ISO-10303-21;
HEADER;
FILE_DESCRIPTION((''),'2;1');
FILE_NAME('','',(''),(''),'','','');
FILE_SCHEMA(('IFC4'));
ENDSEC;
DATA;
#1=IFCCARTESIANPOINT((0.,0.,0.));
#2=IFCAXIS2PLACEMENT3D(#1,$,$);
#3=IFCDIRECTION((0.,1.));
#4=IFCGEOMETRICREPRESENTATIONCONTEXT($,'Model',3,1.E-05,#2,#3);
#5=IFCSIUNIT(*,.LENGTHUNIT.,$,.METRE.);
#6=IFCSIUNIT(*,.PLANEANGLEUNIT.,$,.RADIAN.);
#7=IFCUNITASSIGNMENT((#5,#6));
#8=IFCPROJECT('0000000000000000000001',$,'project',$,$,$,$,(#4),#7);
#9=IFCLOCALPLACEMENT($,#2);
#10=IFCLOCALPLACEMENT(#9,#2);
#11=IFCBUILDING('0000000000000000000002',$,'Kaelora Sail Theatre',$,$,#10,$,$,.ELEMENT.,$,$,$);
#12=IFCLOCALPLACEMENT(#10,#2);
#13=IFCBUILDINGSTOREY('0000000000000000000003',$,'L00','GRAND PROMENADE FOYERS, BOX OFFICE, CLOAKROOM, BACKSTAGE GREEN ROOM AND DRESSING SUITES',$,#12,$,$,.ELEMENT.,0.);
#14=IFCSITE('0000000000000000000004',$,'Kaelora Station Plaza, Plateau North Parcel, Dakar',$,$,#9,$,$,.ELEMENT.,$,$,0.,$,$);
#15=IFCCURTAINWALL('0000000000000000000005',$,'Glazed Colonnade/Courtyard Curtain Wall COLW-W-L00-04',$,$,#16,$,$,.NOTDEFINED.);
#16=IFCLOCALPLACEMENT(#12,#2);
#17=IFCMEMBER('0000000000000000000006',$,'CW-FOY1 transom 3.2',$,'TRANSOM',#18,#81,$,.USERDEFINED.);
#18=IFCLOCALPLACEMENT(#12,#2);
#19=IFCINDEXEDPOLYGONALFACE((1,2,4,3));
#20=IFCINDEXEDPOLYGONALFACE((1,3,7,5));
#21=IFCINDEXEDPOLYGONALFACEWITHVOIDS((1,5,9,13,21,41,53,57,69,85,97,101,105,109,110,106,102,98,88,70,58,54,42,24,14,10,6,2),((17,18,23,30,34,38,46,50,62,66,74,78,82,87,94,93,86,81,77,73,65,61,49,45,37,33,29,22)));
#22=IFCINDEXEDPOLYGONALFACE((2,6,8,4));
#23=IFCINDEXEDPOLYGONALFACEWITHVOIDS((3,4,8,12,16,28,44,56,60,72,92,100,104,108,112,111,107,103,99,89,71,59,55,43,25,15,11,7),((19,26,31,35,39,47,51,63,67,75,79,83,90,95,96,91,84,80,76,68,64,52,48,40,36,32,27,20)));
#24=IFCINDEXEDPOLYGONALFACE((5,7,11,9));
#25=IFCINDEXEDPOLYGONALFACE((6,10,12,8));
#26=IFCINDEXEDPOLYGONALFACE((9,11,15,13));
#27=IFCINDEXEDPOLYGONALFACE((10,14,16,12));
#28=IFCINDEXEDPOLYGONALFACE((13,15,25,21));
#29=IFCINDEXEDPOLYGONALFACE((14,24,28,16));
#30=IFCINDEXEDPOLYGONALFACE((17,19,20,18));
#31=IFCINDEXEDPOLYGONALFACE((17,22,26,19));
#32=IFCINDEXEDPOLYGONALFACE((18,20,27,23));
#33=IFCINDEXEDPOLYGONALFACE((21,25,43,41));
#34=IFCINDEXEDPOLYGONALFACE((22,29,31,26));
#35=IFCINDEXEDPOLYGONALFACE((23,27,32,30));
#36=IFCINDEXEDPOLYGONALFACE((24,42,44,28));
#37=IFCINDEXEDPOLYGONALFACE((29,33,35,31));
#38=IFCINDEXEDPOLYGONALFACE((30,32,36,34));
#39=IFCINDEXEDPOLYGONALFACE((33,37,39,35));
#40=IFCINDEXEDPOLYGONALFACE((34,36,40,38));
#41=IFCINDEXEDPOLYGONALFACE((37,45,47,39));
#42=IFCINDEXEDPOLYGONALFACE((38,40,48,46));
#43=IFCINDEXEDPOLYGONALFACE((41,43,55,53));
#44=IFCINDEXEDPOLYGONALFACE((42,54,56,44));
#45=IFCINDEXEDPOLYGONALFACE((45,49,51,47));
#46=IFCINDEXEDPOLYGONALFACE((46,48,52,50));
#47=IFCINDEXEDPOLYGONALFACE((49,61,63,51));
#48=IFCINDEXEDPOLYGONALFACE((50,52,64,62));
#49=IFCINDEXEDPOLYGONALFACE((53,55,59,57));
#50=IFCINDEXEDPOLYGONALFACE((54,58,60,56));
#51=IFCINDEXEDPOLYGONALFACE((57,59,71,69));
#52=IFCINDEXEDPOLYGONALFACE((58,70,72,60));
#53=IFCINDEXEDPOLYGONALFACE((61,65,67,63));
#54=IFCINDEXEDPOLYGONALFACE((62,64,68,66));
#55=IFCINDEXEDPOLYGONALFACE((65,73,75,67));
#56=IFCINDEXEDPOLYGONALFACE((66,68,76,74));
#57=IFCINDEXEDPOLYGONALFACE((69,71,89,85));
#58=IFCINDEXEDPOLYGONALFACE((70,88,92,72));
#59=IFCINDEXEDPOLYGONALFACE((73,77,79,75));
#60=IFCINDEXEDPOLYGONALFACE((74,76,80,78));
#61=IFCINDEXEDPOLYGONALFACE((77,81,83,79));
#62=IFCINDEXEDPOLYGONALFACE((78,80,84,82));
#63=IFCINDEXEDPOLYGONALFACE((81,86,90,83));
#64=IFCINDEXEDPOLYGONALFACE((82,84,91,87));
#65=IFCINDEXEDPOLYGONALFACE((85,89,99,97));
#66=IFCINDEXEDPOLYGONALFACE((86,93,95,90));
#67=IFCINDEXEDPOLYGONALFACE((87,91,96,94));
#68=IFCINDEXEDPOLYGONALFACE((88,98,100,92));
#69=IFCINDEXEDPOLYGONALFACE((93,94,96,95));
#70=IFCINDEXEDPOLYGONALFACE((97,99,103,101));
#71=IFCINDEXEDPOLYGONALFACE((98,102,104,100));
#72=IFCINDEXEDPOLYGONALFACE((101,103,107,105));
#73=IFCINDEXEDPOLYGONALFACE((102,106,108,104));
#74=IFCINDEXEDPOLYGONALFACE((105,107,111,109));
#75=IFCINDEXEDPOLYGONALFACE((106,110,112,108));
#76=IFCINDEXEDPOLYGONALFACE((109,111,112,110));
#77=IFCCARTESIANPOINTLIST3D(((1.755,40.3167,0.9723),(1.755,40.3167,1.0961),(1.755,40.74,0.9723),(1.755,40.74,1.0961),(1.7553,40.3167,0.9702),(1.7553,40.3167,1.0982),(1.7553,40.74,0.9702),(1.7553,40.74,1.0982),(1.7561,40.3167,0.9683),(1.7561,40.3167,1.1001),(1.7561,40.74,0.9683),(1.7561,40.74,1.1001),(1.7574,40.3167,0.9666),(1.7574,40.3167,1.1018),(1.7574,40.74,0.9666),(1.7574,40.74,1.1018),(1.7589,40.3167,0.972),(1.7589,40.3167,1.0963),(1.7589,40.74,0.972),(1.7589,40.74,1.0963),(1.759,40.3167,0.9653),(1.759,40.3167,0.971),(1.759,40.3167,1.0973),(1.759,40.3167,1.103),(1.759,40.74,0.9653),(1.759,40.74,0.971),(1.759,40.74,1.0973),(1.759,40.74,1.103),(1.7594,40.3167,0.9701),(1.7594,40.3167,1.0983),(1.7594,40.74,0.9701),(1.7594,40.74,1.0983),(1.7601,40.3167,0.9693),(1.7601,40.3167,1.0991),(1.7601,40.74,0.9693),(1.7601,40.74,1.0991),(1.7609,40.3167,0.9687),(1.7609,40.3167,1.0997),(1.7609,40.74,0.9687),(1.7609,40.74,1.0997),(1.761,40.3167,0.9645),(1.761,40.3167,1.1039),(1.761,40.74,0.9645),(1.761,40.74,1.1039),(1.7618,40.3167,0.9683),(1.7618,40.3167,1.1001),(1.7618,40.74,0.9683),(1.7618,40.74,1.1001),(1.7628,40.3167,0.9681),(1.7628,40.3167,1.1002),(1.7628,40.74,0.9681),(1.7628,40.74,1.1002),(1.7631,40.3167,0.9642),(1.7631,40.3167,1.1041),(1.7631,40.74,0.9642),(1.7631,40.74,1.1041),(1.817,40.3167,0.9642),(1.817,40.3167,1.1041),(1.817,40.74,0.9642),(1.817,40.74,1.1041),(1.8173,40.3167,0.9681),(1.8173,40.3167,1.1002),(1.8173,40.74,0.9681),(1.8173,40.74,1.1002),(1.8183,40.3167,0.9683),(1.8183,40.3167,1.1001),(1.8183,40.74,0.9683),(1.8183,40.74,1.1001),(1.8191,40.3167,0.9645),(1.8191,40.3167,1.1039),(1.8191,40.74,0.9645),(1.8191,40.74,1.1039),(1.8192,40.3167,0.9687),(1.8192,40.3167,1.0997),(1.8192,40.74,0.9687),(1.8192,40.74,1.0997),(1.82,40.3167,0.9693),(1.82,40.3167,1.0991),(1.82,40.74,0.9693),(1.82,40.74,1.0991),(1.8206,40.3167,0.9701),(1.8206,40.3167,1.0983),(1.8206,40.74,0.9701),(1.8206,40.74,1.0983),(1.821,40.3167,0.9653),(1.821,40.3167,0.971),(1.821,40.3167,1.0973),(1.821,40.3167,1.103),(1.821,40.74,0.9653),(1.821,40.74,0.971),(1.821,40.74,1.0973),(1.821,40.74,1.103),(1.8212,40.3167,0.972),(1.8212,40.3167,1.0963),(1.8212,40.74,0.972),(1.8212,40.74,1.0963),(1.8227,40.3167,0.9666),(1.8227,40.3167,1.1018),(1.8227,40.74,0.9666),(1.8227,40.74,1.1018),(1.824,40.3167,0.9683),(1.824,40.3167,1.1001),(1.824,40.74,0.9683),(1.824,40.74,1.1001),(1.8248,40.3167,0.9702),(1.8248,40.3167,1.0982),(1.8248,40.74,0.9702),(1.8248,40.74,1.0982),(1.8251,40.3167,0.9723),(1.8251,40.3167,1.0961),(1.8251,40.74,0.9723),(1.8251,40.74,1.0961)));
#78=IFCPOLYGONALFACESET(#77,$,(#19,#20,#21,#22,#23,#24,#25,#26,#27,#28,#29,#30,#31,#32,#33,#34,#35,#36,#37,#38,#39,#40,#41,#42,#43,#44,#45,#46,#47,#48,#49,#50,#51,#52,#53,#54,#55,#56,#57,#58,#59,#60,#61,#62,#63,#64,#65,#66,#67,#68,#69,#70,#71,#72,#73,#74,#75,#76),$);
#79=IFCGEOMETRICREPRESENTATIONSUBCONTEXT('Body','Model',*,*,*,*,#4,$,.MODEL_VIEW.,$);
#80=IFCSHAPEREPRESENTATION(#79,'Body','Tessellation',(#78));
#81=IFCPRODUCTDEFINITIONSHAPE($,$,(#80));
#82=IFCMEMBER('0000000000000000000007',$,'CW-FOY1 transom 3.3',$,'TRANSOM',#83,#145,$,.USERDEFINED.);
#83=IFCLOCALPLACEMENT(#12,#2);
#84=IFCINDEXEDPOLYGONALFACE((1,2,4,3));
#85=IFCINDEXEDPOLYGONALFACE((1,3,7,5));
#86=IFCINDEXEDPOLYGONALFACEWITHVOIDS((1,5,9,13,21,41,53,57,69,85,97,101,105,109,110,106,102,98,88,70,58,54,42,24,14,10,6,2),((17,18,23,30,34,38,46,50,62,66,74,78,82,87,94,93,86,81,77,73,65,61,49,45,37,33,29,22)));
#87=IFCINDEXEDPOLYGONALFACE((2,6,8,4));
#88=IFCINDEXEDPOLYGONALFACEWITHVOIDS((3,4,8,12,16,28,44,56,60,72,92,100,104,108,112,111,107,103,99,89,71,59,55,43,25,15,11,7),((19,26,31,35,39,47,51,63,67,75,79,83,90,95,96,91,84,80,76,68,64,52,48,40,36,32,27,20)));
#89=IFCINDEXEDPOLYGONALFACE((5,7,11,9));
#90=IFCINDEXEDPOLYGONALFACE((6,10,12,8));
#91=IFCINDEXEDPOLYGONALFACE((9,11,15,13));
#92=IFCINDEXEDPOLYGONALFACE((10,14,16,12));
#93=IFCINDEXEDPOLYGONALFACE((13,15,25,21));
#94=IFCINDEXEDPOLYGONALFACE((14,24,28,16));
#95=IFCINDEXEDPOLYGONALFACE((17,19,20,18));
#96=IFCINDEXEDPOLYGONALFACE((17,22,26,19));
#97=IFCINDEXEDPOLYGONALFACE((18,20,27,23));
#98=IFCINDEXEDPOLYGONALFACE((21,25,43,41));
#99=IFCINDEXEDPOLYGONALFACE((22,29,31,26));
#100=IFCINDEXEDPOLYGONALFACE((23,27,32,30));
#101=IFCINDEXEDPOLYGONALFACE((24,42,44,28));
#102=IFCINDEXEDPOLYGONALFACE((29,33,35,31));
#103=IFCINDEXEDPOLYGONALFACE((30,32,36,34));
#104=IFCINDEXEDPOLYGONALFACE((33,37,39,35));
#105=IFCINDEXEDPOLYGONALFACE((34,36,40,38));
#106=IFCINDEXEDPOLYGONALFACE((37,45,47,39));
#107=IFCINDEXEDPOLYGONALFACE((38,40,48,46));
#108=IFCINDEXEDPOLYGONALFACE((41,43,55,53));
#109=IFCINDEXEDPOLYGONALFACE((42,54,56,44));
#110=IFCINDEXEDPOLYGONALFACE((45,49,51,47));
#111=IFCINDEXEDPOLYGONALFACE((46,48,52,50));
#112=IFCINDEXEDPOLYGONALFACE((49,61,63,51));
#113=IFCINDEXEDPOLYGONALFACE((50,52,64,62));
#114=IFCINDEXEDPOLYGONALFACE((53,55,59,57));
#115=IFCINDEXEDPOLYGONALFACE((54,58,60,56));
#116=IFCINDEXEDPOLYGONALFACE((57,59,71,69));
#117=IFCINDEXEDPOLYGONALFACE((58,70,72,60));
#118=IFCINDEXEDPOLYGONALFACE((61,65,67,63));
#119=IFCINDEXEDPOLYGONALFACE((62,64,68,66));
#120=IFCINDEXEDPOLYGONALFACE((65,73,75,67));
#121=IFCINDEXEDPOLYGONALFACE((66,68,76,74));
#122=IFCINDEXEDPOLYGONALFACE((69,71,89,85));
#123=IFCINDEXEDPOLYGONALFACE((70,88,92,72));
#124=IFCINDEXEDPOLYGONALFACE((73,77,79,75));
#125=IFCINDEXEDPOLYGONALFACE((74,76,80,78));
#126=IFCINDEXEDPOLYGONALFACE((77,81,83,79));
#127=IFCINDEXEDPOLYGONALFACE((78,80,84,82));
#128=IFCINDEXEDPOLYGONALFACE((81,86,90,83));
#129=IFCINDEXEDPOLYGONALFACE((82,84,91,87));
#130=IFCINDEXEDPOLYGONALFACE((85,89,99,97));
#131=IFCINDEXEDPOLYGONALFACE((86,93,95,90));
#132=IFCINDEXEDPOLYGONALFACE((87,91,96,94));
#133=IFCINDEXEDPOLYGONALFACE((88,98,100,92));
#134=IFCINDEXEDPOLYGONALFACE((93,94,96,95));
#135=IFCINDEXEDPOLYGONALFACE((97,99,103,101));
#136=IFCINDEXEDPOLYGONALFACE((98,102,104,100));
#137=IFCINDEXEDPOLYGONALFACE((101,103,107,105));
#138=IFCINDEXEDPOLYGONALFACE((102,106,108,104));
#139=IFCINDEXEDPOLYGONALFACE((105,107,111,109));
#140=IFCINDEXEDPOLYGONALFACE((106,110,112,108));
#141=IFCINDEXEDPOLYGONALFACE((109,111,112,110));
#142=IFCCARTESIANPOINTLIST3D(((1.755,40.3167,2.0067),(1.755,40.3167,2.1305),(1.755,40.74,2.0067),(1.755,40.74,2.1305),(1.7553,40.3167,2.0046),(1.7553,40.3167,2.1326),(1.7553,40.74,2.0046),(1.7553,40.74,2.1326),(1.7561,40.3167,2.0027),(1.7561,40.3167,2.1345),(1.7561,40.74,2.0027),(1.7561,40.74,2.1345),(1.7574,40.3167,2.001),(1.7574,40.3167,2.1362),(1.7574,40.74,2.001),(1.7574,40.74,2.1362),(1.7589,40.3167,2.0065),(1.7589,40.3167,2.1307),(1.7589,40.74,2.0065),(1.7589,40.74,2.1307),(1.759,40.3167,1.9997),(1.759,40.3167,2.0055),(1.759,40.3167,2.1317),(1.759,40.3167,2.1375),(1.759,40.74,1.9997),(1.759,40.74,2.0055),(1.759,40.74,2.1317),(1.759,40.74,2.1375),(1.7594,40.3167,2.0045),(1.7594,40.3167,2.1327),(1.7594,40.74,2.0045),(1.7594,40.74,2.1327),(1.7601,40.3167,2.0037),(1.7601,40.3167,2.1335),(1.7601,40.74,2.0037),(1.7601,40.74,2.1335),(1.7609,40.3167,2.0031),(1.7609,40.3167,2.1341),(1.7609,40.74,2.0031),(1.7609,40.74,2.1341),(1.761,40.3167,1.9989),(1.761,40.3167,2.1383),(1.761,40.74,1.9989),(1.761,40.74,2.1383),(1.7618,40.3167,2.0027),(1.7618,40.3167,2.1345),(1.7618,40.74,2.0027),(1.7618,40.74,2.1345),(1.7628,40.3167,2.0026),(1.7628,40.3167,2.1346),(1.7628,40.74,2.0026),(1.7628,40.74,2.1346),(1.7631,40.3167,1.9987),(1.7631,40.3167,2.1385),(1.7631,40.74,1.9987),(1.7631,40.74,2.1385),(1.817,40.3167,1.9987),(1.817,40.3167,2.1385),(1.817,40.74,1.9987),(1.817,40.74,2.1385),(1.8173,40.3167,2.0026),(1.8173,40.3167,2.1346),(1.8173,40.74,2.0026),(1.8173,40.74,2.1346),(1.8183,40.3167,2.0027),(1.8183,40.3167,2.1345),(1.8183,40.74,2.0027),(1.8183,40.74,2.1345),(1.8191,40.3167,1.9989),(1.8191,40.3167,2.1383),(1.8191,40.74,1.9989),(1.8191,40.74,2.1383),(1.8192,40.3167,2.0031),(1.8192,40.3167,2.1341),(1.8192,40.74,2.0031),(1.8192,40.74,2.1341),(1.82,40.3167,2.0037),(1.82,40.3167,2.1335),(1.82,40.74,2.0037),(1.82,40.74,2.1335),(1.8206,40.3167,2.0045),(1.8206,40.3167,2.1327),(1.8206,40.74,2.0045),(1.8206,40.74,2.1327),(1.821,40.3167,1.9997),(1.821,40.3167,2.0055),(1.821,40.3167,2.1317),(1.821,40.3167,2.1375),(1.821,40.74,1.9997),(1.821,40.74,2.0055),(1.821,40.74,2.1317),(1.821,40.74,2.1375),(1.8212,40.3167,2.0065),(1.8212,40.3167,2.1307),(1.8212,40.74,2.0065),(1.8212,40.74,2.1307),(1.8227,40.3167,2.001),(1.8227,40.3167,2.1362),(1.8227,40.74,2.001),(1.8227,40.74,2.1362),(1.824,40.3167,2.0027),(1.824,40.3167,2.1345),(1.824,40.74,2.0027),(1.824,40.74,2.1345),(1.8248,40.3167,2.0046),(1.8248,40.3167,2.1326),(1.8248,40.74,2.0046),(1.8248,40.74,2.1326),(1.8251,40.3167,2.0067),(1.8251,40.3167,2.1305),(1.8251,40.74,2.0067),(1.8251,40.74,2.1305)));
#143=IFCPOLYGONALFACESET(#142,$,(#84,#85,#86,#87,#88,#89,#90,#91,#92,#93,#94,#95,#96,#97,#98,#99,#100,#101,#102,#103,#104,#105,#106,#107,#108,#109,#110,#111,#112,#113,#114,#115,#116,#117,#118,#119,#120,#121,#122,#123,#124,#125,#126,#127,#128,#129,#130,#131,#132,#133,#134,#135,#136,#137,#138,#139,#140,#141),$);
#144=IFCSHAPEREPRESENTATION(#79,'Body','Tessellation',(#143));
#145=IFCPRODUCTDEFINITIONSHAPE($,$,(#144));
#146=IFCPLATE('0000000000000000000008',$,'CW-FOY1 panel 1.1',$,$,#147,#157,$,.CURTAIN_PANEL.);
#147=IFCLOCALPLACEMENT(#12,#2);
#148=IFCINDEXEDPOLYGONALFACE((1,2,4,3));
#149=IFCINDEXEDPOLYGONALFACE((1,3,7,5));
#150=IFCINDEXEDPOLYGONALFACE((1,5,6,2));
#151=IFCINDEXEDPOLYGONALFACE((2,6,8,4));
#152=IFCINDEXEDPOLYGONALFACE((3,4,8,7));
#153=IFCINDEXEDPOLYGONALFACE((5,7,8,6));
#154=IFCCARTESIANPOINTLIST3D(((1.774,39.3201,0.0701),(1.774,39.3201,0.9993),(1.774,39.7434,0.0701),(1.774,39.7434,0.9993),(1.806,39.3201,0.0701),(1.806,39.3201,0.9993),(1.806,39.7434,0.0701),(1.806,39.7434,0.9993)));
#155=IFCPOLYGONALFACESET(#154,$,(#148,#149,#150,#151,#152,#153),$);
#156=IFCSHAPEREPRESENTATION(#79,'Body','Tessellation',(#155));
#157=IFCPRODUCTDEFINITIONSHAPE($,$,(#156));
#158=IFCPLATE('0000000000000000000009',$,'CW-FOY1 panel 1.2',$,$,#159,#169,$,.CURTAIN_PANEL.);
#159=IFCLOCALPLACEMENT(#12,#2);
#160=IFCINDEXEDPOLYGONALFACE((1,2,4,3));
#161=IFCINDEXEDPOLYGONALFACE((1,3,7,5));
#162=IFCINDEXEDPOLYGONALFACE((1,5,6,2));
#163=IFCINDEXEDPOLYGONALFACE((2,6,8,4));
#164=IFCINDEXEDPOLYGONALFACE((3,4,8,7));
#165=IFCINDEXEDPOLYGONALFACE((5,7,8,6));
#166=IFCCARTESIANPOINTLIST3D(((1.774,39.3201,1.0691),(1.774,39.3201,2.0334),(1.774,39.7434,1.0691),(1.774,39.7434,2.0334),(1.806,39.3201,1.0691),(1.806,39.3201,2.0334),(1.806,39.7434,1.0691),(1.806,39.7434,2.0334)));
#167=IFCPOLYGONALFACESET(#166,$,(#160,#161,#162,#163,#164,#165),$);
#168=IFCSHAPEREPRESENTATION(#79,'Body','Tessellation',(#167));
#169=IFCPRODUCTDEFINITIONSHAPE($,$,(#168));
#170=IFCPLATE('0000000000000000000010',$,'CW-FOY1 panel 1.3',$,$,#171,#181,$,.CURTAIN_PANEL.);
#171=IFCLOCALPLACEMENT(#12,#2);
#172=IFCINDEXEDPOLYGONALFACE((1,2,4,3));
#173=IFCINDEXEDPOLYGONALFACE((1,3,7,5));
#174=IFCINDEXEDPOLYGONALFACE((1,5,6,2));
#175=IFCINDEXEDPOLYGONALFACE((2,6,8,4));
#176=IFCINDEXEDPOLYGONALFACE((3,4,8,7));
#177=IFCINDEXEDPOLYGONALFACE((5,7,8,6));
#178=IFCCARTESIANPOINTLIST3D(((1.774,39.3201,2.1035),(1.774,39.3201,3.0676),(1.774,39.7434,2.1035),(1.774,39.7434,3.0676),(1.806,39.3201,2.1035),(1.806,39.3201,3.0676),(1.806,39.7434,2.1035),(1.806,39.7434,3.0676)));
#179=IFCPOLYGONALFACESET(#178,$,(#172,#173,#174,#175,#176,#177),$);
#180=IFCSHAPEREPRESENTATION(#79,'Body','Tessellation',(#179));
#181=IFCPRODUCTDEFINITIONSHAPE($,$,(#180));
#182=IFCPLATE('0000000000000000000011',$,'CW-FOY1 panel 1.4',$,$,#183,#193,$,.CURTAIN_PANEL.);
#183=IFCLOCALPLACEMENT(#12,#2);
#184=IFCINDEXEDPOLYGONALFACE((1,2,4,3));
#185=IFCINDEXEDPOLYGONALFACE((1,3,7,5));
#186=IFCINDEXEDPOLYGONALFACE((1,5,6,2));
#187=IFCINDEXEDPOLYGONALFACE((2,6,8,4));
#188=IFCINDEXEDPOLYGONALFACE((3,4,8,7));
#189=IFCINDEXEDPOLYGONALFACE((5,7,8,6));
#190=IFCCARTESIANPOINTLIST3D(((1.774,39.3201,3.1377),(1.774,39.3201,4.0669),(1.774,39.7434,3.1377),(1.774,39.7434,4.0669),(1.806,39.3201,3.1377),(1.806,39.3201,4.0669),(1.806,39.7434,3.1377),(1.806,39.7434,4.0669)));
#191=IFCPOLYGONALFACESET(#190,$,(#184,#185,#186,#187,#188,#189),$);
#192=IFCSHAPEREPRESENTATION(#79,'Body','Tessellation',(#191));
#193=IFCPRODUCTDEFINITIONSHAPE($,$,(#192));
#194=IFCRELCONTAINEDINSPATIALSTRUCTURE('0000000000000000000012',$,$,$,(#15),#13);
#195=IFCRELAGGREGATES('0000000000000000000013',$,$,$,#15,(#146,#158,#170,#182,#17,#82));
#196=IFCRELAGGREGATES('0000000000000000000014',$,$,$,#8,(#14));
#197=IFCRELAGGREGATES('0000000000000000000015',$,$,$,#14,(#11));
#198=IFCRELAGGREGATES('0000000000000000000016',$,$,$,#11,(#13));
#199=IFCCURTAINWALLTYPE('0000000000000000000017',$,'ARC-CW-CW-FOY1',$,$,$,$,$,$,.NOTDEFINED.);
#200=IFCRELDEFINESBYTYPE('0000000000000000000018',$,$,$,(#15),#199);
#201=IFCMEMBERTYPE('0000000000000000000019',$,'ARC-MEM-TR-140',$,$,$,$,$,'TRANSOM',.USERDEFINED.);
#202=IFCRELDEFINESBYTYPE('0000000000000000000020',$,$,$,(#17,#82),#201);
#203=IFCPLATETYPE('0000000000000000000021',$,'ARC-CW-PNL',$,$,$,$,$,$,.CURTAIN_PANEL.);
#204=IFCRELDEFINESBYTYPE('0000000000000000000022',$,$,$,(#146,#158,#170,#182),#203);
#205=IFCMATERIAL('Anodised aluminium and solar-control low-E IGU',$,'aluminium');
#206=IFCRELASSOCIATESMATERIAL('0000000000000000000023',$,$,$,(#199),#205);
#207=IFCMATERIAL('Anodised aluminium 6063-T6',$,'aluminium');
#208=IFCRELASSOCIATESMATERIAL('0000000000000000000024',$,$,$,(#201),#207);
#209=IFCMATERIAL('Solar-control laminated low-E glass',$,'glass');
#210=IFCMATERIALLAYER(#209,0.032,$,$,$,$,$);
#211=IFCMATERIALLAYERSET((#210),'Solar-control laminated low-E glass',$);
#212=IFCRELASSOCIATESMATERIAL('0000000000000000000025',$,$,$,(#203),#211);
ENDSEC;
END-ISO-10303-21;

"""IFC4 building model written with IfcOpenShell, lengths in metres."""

from ifc_helpers import new_model, si_unit, direction, frame, origin, origin_2d, place, context, subcontext, project, spatial, rectangle, hollow_rectangle, extrude, material, layer, layer_set, material_profile, profile_set, type_object, element, aggregate, save


model = new_model("IFC4")

# Units and contexts
model_context = context("Model", 3, precision=1e-05, world=origin(), true_north=direction((0.0, 1.0)))
body_context = subcontext(model_context, "Body", "Model", "MODEL_VIEW")
ifc_project = project(units=[si_unit("LENGTHUNIT", "METRE"), si_unit("PLANEANGLEUNIT", "RADIAN")], contexts=[model_context])

# Site, building, storey
site_placement = place(None, origin())
site = spatial("IfcSite", under=ifc_project, at=site_placement, Name="Kaelora Station Plaza, Plateau North Parcel, Dakar", CompositionType="ELEMENT", RefElevation=0.0)
building_placement = place(site_placement, origin())
building = spatial("IfcBuilding", under=site, at=building_placement, Name="Kaelora Sail Theatre", CompositionType="ELEMENT")
storey_placement = place(building_placement, origin())
storey = spatial("IfcBuildingStorey", under=building, at=storey_placement, Name="L00", Description="GRAND PROMENADE FOYERS, BOX OFFICE, CLOAKROOM, BACKSTAGE GREEN ROOM AND DRESSING SUITES", CompositionType="ELEMENT", Elevation=0.0)

# Curtain wall, members, plates
ifc_material_1 = material(Name="Anodised aluminium and solar-control low-E IGU", Category="aluminium")
curtain_wall_type = type_object("IfcCurtainWallType", Name="ARC-CW-CW-FOY1", PredefinedType="NOTDEFINED", material=ifc_material_1)
curtain_wall_placement = place(storey_placement, origin())
curtain_wall = element("IfcCurtainWall", 1, at=curtain_wall_placement, inside=storey, type_object=curtain_wall_type, Name="Glazed Colonnade/Courtyard Curtain Wall COLW-W-L00-04", PredefinedType="NOTDEFINED")
ifc_material_2 = material(Name="Anodised aluminium 6063-T6", Category="aluminium")
ifc_material_profile_1 = material_profile(ifc_material_2, hollow_rectangle(XDim=0.0701, YDim=0.1399, WallThickness=0.0039, InnerFilletRadius=0.0039, OuterFilletRadius=0.0081, at=origin_2d()), Name="ALU-TRAN 70x140x4")
ifc_profile_set_1 = profile_set([ifc_material_profile_1], Name="Anodised aluminium 6063-T6")
member_type_1 = type_object("IfcMemberType", Name="ARC-MEM-TR-140", ElementType="TRANSOM", PredefinedType="USERDEFINED", material=ifc_profile_set_1)
member_1_placement = place(storey_placement, frame((1.79, 40.3167, 1.0342), z_axis=(0.0, 1.0, 0.0), x_axis=(-1.0, 0.0, 0.0)))
member_1 = element("IfcMember", 2, at=member_1_placement, type_object=member_type_1, Name="CW-FOY1 transom 3.2", ObjectType="TRANSOM", PredefinedType="USERDEFINED", context=body_context, shape_type="SweptSolid", body=[
    extrude(hollow_rectangle(XDim=0.0701, YDim=0.1399, WallThickness=0.0039, InnerFilletRadius=0.0039, OuterFilletRadius=0.0081, at=origin_2d()), origin(), (0.0, 0.0, 1.0), 0.4233),
])
member_2_placement = place(storey_placement, frame((1.79, 40.3167, 2.0686), z_axis=(0.0, 1.0, 0.0), x_axis=(-1.0, 0.0, 0.0)))
member_2 = element("IfcMember", 3, at=member_2_placement, type_object=member_type_1, Name="CW-FOY1 transom 3.3", ObjectType="TRANSOM", PredefinedType="USERDEFINED", context=body_context, shape_type="SweptSolid", body=[
    extrude(hollow_rectangle(XDim=0.0701, YDim=0.1399, WallThickness=0.0039, InnerFilletRadius=0.0039, OuterFilletRadius=0.0081, at=origin_2d()), origin(), (0.0, 0.0, 1.0), 0.4233),
])
ifc_material_3 = material(Name="Solar-control laminated low-E glass", Category="glass")
ifc_layer = layer(ifc_material_3, 0.032)
ifc_layer_set = layer_set([ifc_layer], Name="Solar-control laminated low-E glass")
plate_type = type_object("IfcPlateType", Name="ARC-CW-PNL", PredefinedType="CURTAIN_PANEL", material=ifc_layer_set)
plate_1_placement = place(storey_placement, frame((1.79, 39.5317, 0.0701), z_axis=(0.0, 0.0, 1.0), x_axis=(0.0, 1.0, 0.0)))
plate_1 = element("IfcPlate", 4, at=plate_1_placement, type_object=plate_type, Name="CW-FOY1 panel 1.1", PredefinedType="CURTAIN_PANEL", context=body_context, shape_type="SweptSolid", body=[
    extrude(rectangle(XDim=0.4233, YDim=0.032, at=origin_2d()), origin(), (0.0, 0.0, 1.0), 0.9292),
])
plate_2_placement = place(storey_placement, frame((1.79, 39.5317, 1.0691), z_axis=(0.0, 0.0, 1.0), x_axis=(0.0, 1.0, 0.0)))
plate_2 = element("IfcPlate", 5, at=plate_2_placement, type_object=plate_type, Name="CW-FOY1 panel 1.2", PredefinedType="CURTAIN_PANEL", context=body_context, shape_type="SweptSolid", body=[
    extrude(rectangle(XDim=0.4233, YDim=0.032, at=origin_2d()), origin(), (0.0, 0.0, 1.0), 0.9644),
])
plate_3_placement = place(storey_placement, frame((1.79, 39.5317, 2.1035), z_axis=(0.0, 0.0, 1.0), x_axis=(0.0, 1.0, 0.0)))
plate_3 = element("IfcPlate", 6, at=plate_3_placement, type_object=plate_type, Name="CW-FOY1 panel 1.3", PredefinedType="CURTAIN_PANEL", context=body_context, shape_type="SweptSolid", body=[
    extrude(rectangle(XDim=0.4233, YDim=0.032, at=origin_2d()), origin(), (0.0, 0.0, 1.0), 0.9641),
])
plate_4_placement = place(storey_placement, frame((1.79, 39.5317, 3.1377), z_axis=(0.0, 0.0, 1.0), x_axis=(0.0, 1.0, 0.0)))
plate_4 = element("IfcPlate", 7, at=plate_4_placement, type_object=plate_type, Name="CW-FOY1 panel 1.4", PredefinedType="CURTAIN_PANEL", context=body_context, shape_type="SweptSolid", body=[
    extrude(rectangle(XDim=0.4233, YDim=0.032, at=origin_2d()), origin(), (0.0, 0.0, 1.0), 0.9292),
])
aggregate(curtain_wall, [plate_1, plate_2, plate_3, plate_4, member_1, member_2])

save(model, "model.ifc")
